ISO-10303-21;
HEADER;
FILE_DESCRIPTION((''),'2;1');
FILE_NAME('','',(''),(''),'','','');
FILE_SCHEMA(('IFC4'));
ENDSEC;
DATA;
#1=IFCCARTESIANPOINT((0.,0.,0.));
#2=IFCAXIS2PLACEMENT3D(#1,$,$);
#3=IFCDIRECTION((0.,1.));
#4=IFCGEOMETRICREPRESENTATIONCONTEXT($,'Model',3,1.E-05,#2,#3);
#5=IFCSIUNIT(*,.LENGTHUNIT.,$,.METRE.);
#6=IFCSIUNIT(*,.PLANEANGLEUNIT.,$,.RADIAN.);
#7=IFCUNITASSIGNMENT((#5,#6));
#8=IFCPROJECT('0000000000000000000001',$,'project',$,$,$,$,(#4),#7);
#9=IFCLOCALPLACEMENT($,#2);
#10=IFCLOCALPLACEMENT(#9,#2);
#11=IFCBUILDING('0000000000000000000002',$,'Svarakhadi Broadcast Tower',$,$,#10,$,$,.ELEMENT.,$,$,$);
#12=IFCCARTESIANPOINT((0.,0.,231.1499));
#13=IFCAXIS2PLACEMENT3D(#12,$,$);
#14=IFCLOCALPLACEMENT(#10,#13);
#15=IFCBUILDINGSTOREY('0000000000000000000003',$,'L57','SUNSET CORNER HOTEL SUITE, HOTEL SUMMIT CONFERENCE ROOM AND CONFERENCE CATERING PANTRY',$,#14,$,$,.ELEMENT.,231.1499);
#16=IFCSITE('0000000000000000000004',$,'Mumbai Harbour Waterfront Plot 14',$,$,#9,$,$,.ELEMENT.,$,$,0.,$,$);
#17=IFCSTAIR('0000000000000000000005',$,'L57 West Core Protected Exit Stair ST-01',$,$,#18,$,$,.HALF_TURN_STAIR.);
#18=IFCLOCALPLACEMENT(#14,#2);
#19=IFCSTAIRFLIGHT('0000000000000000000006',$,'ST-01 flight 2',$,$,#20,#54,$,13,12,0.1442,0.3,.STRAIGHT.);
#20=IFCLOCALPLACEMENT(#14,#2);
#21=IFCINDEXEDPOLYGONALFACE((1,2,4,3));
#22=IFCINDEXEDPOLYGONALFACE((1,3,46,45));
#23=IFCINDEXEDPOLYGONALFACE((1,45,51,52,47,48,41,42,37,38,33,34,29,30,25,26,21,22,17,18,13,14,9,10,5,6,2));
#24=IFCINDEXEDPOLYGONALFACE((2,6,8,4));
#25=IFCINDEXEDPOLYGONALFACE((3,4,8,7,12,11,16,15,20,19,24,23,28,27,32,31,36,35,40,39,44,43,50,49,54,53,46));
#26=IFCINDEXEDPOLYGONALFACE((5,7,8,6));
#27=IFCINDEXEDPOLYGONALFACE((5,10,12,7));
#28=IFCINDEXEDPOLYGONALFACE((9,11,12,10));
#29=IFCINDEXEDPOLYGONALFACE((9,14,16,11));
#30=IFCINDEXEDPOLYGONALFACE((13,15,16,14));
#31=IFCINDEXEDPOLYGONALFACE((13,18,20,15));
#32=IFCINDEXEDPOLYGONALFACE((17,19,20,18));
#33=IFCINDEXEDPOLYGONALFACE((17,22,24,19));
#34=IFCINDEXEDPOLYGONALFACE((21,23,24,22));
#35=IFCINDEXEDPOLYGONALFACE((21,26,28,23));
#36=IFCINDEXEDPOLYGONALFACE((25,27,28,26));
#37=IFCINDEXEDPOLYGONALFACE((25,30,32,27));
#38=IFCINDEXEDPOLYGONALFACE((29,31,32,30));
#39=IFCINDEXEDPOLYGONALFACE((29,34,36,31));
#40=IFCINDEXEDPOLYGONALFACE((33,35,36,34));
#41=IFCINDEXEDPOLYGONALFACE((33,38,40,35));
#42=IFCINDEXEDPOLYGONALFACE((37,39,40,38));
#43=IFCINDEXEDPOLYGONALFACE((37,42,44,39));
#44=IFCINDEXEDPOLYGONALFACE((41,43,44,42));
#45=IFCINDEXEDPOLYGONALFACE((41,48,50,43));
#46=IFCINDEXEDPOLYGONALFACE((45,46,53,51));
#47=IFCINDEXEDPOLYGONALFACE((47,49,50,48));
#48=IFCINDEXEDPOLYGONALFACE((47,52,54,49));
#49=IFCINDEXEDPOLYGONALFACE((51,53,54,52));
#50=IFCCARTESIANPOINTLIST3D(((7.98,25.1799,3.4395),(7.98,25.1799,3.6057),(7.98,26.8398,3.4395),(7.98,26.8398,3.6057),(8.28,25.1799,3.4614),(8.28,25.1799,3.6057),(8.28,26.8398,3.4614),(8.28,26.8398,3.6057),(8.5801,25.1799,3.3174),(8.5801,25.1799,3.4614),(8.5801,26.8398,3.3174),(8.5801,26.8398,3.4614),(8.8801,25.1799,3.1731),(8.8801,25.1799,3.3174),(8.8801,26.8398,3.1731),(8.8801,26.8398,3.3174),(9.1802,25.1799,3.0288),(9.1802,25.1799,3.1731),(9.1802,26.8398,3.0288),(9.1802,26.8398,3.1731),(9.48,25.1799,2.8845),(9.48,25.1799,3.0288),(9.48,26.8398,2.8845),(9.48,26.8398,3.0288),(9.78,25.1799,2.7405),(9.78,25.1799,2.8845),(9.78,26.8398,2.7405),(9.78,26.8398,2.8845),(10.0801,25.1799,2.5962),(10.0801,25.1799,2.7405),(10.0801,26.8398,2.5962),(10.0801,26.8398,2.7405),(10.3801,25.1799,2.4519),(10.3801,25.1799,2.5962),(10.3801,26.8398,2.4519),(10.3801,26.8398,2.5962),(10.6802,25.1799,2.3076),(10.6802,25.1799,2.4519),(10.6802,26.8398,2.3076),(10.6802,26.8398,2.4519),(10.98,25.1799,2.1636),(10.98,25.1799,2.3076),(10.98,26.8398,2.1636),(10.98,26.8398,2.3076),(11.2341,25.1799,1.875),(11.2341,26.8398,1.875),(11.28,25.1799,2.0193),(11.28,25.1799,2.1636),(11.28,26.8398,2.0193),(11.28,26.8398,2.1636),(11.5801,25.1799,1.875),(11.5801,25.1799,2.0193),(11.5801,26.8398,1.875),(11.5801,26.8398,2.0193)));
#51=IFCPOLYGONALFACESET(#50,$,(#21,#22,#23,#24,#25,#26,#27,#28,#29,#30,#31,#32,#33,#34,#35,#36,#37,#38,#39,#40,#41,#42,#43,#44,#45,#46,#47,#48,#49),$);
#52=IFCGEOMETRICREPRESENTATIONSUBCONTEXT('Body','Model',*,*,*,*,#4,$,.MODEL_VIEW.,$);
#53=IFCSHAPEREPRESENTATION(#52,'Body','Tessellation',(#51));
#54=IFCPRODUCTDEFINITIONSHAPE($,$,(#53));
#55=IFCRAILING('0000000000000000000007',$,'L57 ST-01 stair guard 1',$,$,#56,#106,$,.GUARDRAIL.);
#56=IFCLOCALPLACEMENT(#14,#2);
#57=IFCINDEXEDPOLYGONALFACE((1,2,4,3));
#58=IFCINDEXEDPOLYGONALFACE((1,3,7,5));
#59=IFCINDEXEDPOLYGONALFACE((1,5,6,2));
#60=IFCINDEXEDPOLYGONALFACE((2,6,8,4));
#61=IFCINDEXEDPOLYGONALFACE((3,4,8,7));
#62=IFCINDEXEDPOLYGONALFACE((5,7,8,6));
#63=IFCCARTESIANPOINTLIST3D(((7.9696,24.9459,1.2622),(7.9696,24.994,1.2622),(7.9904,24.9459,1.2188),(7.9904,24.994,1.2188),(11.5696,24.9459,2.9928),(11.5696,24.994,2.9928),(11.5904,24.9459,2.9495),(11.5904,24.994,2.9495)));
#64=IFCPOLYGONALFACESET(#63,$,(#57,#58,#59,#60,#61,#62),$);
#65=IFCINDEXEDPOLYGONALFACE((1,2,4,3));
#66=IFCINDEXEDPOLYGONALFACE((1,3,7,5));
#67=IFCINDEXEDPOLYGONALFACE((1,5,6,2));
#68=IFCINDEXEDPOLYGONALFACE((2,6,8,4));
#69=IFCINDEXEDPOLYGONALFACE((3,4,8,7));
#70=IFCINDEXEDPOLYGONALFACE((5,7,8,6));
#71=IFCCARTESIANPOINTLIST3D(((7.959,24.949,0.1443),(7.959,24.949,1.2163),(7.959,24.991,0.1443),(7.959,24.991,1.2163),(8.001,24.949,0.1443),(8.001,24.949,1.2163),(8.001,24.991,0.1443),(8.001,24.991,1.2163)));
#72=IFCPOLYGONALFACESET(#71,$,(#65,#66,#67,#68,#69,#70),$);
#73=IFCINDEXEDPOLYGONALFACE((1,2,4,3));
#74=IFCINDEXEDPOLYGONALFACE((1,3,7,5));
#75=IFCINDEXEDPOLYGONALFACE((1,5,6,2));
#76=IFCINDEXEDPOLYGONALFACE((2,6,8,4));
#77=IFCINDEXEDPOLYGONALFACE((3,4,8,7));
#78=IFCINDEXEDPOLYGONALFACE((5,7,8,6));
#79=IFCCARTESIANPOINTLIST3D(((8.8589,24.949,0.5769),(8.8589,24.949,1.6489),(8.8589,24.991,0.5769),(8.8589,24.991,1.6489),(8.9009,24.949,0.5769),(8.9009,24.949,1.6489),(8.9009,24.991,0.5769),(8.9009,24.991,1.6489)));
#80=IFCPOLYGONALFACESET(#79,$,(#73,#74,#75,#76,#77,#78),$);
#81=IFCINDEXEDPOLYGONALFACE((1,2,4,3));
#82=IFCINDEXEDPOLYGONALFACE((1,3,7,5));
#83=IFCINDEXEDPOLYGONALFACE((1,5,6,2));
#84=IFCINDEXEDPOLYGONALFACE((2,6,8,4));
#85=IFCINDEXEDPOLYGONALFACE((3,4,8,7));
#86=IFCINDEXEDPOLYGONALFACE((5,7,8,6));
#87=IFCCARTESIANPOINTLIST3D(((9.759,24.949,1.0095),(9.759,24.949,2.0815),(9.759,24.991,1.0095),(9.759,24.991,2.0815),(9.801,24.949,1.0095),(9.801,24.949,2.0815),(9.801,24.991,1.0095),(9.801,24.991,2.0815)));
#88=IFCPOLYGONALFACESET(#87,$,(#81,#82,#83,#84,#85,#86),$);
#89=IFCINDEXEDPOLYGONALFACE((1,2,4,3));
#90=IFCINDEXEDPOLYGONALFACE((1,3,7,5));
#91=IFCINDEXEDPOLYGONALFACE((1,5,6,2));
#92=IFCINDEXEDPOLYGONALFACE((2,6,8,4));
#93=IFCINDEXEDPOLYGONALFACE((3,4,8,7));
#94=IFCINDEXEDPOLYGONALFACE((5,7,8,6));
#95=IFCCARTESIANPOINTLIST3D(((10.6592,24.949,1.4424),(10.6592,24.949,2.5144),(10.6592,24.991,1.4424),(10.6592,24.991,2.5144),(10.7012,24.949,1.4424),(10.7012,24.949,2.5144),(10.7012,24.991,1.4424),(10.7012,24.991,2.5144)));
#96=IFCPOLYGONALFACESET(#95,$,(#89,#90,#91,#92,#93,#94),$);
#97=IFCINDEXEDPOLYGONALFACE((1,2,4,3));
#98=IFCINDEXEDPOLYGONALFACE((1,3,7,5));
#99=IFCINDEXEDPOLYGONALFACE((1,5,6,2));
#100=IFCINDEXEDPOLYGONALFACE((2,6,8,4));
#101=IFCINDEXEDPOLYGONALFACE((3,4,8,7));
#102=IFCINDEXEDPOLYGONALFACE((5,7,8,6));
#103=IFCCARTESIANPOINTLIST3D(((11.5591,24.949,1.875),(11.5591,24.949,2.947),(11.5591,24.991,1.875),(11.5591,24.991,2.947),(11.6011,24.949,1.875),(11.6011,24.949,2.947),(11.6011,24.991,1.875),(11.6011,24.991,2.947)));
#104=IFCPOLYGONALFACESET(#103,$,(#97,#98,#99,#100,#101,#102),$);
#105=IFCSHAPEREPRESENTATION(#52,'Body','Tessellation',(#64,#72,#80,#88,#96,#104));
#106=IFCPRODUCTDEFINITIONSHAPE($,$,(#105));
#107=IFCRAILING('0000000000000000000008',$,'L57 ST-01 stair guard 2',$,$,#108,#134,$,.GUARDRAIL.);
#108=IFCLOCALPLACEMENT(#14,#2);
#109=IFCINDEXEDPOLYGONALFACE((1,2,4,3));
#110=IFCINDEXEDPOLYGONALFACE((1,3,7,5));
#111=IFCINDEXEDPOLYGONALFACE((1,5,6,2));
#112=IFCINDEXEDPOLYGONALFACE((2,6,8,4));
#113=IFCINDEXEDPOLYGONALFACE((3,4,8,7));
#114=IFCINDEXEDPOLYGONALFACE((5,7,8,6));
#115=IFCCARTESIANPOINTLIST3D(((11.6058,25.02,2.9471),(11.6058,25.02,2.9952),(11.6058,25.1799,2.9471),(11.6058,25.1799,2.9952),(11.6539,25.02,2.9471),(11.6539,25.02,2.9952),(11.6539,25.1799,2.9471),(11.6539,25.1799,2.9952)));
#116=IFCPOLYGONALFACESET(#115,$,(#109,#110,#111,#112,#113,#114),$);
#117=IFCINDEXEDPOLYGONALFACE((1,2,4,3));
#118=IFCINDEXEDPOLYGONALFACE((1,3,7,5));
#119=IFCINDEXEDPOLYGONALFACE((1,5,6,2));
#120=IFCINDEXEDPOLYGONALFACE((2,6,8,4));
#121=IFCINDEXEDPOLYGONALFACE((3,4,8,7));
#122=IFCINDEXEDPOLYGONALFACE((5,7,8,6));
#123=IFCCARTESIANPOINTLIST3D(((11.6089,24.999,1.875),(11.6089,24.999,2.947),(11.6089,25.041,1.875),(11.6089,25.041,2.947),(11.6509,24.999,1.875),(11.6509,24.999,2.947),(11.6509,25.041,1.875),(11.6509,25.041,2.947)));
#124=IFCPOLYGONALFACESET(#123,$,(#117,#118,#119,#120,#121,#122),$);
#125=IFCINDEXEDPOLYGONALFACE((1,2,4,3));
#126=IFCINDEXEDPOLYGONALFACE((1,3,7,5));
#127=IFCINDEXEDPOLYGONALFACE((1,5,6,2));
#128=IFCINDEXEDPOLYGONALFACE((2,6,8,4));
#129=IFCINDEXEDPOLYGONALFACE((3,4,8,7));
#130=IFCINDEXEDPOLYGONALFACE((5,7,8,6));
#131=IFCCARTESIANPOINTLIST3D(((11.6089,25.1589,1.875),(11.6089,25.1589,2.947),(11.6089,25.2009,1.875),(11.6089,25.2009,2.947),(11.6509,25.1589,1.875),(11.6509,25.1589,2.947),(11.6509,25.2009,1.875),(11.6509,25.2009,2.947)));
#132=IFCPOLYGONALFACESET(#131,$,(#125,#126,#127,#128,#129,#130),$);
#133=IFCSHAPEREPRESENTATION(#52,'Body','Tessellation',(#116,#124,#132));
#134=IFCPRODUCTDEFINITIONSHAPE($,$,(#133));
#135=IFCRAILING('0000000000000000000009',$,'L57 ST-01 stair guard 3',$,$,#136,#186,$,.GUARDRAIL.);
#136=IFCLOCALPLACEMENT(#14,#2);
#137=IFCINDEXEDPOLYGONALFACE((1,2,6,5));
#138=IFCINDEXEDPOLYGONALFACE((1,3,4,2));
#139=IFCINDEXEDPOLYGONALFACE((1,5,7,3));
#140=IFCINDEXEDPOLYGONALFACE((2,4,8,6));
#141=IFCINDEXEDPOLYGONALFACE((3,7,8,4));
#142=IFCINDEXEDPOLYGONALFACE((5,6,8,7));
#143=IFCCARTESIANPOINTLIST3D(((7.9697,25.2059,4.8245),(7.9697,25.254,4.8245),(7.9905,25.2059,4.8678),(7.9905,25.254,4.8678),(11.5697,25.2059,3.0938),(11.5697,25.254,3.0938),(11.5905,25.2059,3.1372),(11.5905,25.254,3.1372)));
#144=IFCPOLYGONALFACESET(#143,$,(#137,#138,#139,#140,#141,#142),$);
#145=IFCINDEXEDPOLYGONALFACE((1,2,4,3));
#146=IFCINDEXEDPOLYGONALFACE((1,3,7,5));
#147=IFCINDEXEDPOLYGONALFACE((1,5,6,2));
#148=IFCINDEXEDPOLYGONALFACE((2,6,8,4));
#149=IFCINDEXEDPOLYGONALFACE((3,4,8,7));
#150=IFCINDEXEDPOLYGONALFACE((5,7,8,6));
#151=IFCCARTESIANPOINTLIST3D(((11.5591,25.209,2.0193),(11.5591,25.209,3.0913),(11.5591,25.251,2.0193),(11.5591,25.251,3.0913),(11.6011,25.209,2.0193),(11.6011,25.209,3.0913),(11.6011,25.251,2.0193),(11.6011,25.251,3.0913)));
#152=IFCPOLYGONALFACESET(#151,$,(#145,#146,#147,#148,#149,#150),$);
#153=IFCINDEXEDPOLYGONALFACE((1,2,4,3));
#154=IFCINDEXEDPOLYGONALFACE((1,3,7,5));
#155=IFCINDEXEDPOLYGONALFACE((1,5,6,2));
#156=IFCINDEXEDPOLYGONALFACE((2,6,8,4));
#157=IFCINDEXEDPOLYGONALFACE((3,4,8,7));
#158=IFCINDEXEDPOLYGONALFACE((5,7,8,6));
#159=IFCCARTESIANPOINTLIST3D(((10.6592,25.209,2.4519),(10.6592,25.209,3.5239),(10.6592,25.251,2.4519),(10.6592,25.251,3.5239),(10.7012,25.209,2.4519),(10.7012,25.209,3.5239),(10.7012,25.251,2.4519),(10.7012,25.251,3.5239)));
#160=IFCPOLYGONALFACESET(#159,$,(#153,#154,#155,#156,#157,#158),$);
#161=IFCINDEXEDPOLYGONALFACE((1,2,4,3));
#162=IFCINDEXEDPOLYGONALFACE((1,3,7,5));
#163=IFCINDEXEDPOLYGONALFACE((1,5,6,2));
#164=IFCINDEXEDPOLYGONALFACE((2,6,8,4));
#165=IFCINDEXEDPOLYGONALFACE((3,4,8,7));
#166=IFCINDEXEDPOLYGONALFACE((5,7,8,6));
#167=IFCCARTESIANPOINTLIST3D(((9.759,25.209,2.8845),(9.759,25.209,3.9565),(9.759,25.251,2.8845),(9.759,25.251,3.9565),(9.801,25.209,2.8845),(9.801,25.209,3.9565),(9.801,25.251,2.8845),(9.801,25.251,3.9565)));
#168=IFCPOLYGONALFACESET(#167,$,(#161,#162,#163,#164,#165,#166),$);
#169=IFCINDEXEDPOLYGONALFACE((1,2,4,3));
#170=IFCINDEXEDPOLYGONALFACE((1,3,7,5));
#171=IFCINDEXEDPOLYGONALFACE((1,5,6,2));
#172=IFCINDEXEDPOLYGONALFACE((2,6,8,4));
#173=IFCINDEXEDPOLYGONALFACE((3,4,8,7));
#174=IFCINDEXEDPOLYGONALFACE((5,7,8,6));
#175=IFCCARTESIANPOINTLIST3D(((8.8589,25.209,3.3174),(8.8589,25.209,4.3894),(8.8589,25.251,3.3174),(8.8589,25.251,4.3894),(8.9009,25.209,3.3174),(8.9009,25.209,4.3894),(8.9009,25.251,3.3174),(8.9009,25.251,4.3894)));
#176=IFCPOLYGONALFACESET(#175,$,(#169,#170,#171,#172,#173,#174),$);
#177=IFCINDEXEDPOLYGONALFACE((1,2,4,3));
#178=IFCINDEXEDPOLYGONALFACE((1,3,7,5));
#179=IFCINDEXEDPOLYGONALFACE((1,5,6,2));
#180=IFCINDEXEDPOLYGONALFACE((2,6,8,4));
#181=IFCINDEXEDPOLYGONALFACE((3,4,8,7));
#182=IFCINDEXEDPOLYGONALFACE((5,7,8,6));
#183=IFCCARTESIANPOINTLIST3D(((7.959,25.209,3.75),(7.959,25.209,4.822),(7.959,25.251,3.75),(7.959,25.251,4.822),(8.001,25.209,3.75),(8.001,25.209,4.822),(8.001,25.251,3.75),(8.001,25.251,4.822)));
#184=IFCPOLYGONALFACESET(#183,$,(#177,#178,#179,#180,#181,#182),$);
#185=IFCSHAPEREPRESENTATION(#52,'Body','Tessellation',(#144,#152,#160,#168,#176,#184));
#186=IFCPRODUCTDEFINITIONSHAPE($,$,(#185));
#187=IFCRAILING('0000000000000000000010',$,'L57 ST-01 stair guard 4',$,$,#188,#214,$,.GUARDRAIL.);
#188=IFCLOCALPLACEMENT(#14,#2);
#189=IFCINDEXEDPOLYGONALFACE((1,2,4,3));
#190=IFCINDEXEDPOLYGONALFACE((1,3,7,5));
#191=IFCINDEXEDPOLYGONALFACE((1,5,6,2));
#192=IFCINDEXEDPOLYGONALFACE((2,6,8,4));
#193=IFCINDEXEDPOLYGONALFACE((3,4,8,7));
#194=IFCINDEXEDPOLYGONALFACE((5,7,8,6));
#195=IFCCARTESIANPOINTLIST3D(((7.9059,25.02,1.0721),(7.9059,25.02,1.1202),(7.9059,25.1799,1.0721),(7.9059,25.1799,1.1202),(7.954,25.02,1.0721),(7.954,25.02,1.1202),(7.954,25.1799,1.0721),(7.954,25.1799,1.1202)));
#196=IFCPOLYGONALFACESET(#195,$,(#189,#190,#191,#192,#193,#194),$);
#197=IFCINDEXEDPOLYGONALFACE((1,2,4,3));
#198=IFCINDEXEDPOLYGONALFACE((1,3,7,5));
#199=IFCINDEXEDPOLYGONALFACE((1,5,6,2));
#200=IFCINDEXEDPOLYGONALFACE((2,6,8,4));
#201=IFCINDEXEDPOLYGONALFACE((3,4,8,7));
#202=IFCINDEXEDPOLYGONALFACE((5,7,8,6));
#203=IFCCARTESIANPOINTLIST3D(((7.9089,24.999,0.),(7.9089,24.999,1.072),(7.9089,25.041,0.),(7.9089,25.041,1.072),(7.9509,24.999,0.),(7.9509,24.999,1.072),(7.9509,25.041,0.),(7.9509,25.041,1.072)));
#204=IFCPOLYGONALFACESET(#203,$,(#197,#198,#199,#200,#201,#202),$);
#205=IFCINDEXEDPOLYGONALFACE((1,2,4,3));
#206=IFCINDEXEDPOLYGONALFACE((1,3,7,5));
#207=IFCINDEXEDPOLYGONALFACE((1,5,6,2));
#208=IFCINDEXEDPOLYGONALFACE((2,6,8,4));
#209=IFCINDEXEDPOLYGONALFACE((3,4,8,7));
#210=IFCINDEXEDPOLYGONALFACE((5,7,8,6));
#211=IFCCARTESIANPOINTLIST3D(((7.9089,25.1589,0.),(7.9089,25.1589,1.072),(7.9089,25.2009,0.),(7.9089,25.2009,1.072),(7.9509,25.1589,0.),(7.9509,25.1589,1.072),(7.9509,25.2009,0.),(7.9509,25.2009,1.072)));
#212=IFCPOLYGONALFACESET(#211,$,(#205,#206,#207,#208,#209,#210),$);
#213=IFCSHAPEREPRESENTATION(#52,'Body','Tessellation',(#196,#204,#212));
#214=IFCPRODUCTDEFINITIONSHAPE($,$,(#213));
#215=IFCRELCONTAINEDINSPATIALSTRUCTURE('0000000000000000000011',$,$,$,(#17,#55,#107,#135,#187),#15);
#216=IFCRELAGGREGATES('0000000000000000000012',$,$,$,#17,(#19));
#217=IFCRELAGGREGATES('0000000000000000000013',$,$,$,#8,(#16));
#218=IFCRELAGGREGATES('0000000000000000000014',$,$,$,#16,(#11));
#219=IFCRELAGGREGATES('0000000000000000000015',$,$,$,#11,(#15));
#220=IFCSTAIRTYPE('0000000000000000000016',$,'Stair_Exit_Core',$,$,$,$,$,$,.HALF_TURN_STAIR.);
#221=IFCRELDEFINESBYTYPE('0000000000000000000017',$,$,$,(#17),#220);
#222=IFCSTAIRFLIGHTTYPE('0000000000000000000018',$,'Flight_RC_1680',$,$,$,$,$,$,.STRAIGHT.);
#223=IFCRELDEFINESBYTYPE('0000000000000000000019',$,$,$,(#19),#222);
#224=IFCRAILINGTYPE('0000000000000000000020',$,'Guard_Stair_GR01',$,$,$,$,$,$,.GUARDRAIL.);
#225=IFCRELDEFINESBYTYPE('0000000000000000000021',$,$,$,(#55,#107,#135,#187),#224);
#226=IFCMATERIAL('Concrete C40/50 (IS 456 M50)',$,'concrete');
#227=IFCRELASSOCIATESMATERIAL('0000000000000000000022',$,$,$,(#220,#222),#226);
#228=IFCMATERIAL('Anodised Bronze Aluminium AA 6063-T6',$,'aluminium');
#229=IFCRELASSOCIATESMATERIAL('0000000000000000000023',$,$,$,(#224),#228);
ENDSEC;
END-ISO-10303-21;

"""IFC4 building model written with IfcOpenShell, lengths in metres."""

from ifc_helpers import new_model, si_unit, direction, frame, origin, origin_2d, place, context, subcontext, project, spatial, polyline, rectangle, outline, extrude, material, type_object, element, aggregate, save


model = new_model("IFC4")

# Units and contexts
model_context = context("Model", 3, precision=1e-05, world=origin(), true_north=direction((0.0, 1.0)))
body_context = subcontext(model_context, "Body", "Model", "MODEL_VIEW")
ifc_project = project(units=[si_unit("LENGTHUNIT", "METRE"), si_unit("PLANEANGLEUNIT", "RADIAN")], contexts=[model_context])

# Site, building, storey
site_placement = place(None, origin())
site = spatial("IfcSite", under=ifc_project, at=site_placement, Name="Mumbai Harbour Waterfront Plot 14", CompositionType="ELEMENT", RefElevation=0.0)
building_placement = place(site_placement, origin())
building = spatial("IfcBuilding", under=site, at=building_placement, Name="Svarakhadi Broadcast Tower", CompositionType="ELEMENT")
storey_placement = place(building_placement, frame((0.0, 0.0, 231.1499)))
storey = spatial("IfcBuildingStorey", under=building, at=storey_placement, Name="L57", Description="SUNSET CORNER HOTEL SUITE, HOTEL SUMMIT CONFERENCE ROOM AND CONFERENCE CATERING PANTRY", CompositionType="ELEMENT", Elevation=231.1499)

# Shared definitions
ifc_material_1 = material(Name="Concrete C40/50 (IS 456 M50)", Category="concrete")

# Stair, stair flight
stair_type = type_object("IfcStairType", Name="Stair_Exit_Core", PredefinedType="HALF_TURN_STAIR", material=ifc_material_1)
stair_placement = place(storey_placement, origin())
stair = element("IfcStair", 1, at=stair_placement, inside=storey, type_object=stair_type, Name="L57 West Core Protected Exit Stair ST-01", PredefinedType="HALF_TURN_STAIR")
stair_flight_type = type_object("IfcStairFlightType", Name="Flight_RC_1680", PredefinedType="STRAIGHT", material=ifc_material_1)
stair_flight_1_placement = place(storey_placement, frame((11.5801, 26.01, 1.875), z_axis=(0.0, 0.0, 1.0), x_axis=(-1.0, 0.0, 0.0)))
stair_flight_1 = element("IfcStairFlight", 2, at=stair_flight_1_placement, type_object=stair_flight_type, Name="ST-01 flight 2", NumberOfRisers=13, NumberOfTreads=12, PredefinedType="STRAIGHT", RiserHeight=0.1442, TreadLength=0.3, context=body_context, shape_type="SweptSolid", body=[
    extrude(outline(polyline([(0.0, 0.0), (0.0, 0.1443), (0.3, 0.1443), (0.3, 0.2886), (0.6001, 0.2886), (0.6001, 0.4326), (0.8999, 0.4326), (0.8999, 0.5769), (1.2, 0.5769), (1.2, 0.7212), (1.5, 0.7212), (1.5, 0.8655), (1.8, 0.8655), (1.8, 1.0095), (2.1001, 1.0095), (2.1001, 1.1538), (2.3999, 1.1538), (2.3999, 1.2981), (2.7, 1.2981), (2.7, 1.4424), (3.0, 1.4424), (3.0, 1.5864), (3.3, 1.5864), (3.3, 1.7307), (3.6001, 1.7307), (3.6001, 1.875), (3.6001, 1.5645), (0.3459, 0.0), (0.0, 0.0)])), frame((0.0, 0.8301, 0.0), z_axis=(0.0, -1.0, 0.0), x_axis=(1.0, 0.0, 0.0)), (0.0, 0.0, 1.0), 1.6599),
])
aggregate(stair, [stair_flight_1])

# Railings
ifc_material_2 = material(Name="Anodised Bronze Aluminium AA 6063-T6", Category="aluminium")
railing_type_1 = type_object("IfcRailingType", Name="Guard_Stair_GR01", PredefinedType="GUARDRAIL", material=ifc_material_2)
railing_1_placement = place(storey_placement, frame((7.98, 24.97, 0.1443)))
element("IfcRailing", 3, at=railing_1_placement, inside=storey, type_object=railing_type_1, Name="L57 ST-01 stair guard 1", PredefinedType="GUARDRAIL", context=body_context, shape_type="SweptSolid", body=[
    extrude(rectangle(XDim=0.0481, YDim=0.0481, at=origin_2d()), frame((0.0, 0.0, 1.0962), z_axis=(0.901263, 0.0, 0.433273), x_axis=(0.0, 1.0, 0.0)), (0.0, 0.0, 1.0), 3.9944),
    extrude(rectangle(XDim=0.042, YDim=0.042, at=origin_2d()), origin(), (0.0, 0.0, 1.0), 1.072),
    extrude(rectangle(XDim=0.042, YDim=0.042, at=origin_2d()), frame((0.8999, 0.0, 0.4326)), (0.0, 0.0, 1.0), 1.072),
    extrude(rectangle(XDim=0.042, YDim=0.042, at=origin_2d()), frame((1.8, 0.0, 0.8652)), (0.0, 0.0, 1.0), 1.072),
    extrude(rectangle(XDim=0.042, YDim=0.042, at=origin_2d()), frame((2.7002, 0.0, 1.2981)), (0.0, 0.0, 1.0), 1.072),
    extrude(rectangle(XDim=0.042, YDim=0.042, at=origin_2d()), frame((3.6001, 0.0, 1.7307)), (0.0, 0.0, 1.0), 1.072),
])
railing_2_placement = place(storey_placement, frame((11.6299, 25.02, 1.875)))
element("IfcRailing", 4, at=railing_2_placement, inside=storey, type_object=railing_type_1, Name="L57 ST-01 stair guard 2", PredefinedType="GUARDRAIL", context=body_context, shape_type="SweptSolid", body=[
    extrude(rectangle(XDim=0.0481, YDim=0.0481, at=origin_2d()), frame((0.0, 0.0, 1.0962), z_axis=(0.0, 1.0, 0.0), x_axis=(-1.0, 0.0, 0.0)), (0.0, 0.0, 1.0), 0.1599),
    extrude(rectangle(XDim=0.042, YDim=0.042, at=origin_2d()), origin(), (0.0, 0.0, 1.0), 1.072),
    extrude(rectangle(XDim=0.042, YDim=0.042, at=origin_2d()), frame((0.0, 0.1599, 0.0)), (0.0, 0.0, 1.0), 1.072),
])
railing_3_placement = place(storey_placement, frame((11.5801, 25.23, 2.0193)))
element("IfcRailing", 5, at=railing_3_placement, inside=storey, type_object=railing_type_1, Name="L57 ST-01 stair guard 3", PredefinedType="GUARDRAIL", context=body_context, shape_type="SweptSolid", body=[
    extrude(rectangle(XDim=0.0481, YDim=0.0481, at=origin_2d()), frame((0.0, 0.0, 1.0962), z_axis=(-0.901263, 0.0, 0.433273), x_axis=(0.0, -1.0, 0.0)), (0.0, 0.0, 1.0), 3.9944),
    extrude(rectangle(XDim=0.042, YDim=0.042, at=origin_2d()), origin(), (0.0, 0.0, 1.0), 1.072),
    extrude(rectangle(XDim=0.042, YDim=0.042, at=origin_2d()), frame((-0.8999, 0.0, 0.4326)), (0.0, 0.0, 1.0), 1.072),
    extrude(rectangle(XDim=0.042, YDim=0.042, at=origin_2d()), frame((-1.8, 0.0, 0.8652)), (0.0, 0.0, 1.0), 1.072),
    extrude(rectangle(XDim=0.042, YDim=0.042, at=origin_2d()), frame((-2.7002, 0.0, 1.2981)), (0.0, 0.0, 1.0), 1.072),
    extrude(rectangle(XDim=0.042, YDim=0.042, at=origin_2d()), frame((-3.6001, 0.0, 1.7307)), (0.0, 0.0, 1.0), 1.072),
])
railing_4_placement = place(storey_placement, frame((7.9299, 25.02, 0.0)))
element("IfcRailing", 6, at=railing_4_placement, inside=storey, type_object=railing_type_1, Name="L57 ST-01 stair guard 4", PredefinedType="GUARDRAIL", context=body_context, shape_type="SweptSolid", body=[
    extrude(rectangle(XDim=0.0481, YDim=0.0481, at=origin_2d()), frame((0.0, 0.0, 1.0962), z_axis=(0.0, 1.0, 0.0), x_axis=(-1.0, 0.0, 0.0)), (0.0, 0.0, 1.0), 0.1599),
    extrude(rectangle(XDim=0.042, YDim=0.042, at=origin_2d()), origin(), (0.0, 0.0, 1.0), 1.072),
    extrude(rectangle(XDim=0.042, YDim=0.042, at=origin_2d()), frame((0.0, 0.1599, 0.0)), (0.0, 0.0, 1.0), 1.072),
])

save(model, "model.ifc")
